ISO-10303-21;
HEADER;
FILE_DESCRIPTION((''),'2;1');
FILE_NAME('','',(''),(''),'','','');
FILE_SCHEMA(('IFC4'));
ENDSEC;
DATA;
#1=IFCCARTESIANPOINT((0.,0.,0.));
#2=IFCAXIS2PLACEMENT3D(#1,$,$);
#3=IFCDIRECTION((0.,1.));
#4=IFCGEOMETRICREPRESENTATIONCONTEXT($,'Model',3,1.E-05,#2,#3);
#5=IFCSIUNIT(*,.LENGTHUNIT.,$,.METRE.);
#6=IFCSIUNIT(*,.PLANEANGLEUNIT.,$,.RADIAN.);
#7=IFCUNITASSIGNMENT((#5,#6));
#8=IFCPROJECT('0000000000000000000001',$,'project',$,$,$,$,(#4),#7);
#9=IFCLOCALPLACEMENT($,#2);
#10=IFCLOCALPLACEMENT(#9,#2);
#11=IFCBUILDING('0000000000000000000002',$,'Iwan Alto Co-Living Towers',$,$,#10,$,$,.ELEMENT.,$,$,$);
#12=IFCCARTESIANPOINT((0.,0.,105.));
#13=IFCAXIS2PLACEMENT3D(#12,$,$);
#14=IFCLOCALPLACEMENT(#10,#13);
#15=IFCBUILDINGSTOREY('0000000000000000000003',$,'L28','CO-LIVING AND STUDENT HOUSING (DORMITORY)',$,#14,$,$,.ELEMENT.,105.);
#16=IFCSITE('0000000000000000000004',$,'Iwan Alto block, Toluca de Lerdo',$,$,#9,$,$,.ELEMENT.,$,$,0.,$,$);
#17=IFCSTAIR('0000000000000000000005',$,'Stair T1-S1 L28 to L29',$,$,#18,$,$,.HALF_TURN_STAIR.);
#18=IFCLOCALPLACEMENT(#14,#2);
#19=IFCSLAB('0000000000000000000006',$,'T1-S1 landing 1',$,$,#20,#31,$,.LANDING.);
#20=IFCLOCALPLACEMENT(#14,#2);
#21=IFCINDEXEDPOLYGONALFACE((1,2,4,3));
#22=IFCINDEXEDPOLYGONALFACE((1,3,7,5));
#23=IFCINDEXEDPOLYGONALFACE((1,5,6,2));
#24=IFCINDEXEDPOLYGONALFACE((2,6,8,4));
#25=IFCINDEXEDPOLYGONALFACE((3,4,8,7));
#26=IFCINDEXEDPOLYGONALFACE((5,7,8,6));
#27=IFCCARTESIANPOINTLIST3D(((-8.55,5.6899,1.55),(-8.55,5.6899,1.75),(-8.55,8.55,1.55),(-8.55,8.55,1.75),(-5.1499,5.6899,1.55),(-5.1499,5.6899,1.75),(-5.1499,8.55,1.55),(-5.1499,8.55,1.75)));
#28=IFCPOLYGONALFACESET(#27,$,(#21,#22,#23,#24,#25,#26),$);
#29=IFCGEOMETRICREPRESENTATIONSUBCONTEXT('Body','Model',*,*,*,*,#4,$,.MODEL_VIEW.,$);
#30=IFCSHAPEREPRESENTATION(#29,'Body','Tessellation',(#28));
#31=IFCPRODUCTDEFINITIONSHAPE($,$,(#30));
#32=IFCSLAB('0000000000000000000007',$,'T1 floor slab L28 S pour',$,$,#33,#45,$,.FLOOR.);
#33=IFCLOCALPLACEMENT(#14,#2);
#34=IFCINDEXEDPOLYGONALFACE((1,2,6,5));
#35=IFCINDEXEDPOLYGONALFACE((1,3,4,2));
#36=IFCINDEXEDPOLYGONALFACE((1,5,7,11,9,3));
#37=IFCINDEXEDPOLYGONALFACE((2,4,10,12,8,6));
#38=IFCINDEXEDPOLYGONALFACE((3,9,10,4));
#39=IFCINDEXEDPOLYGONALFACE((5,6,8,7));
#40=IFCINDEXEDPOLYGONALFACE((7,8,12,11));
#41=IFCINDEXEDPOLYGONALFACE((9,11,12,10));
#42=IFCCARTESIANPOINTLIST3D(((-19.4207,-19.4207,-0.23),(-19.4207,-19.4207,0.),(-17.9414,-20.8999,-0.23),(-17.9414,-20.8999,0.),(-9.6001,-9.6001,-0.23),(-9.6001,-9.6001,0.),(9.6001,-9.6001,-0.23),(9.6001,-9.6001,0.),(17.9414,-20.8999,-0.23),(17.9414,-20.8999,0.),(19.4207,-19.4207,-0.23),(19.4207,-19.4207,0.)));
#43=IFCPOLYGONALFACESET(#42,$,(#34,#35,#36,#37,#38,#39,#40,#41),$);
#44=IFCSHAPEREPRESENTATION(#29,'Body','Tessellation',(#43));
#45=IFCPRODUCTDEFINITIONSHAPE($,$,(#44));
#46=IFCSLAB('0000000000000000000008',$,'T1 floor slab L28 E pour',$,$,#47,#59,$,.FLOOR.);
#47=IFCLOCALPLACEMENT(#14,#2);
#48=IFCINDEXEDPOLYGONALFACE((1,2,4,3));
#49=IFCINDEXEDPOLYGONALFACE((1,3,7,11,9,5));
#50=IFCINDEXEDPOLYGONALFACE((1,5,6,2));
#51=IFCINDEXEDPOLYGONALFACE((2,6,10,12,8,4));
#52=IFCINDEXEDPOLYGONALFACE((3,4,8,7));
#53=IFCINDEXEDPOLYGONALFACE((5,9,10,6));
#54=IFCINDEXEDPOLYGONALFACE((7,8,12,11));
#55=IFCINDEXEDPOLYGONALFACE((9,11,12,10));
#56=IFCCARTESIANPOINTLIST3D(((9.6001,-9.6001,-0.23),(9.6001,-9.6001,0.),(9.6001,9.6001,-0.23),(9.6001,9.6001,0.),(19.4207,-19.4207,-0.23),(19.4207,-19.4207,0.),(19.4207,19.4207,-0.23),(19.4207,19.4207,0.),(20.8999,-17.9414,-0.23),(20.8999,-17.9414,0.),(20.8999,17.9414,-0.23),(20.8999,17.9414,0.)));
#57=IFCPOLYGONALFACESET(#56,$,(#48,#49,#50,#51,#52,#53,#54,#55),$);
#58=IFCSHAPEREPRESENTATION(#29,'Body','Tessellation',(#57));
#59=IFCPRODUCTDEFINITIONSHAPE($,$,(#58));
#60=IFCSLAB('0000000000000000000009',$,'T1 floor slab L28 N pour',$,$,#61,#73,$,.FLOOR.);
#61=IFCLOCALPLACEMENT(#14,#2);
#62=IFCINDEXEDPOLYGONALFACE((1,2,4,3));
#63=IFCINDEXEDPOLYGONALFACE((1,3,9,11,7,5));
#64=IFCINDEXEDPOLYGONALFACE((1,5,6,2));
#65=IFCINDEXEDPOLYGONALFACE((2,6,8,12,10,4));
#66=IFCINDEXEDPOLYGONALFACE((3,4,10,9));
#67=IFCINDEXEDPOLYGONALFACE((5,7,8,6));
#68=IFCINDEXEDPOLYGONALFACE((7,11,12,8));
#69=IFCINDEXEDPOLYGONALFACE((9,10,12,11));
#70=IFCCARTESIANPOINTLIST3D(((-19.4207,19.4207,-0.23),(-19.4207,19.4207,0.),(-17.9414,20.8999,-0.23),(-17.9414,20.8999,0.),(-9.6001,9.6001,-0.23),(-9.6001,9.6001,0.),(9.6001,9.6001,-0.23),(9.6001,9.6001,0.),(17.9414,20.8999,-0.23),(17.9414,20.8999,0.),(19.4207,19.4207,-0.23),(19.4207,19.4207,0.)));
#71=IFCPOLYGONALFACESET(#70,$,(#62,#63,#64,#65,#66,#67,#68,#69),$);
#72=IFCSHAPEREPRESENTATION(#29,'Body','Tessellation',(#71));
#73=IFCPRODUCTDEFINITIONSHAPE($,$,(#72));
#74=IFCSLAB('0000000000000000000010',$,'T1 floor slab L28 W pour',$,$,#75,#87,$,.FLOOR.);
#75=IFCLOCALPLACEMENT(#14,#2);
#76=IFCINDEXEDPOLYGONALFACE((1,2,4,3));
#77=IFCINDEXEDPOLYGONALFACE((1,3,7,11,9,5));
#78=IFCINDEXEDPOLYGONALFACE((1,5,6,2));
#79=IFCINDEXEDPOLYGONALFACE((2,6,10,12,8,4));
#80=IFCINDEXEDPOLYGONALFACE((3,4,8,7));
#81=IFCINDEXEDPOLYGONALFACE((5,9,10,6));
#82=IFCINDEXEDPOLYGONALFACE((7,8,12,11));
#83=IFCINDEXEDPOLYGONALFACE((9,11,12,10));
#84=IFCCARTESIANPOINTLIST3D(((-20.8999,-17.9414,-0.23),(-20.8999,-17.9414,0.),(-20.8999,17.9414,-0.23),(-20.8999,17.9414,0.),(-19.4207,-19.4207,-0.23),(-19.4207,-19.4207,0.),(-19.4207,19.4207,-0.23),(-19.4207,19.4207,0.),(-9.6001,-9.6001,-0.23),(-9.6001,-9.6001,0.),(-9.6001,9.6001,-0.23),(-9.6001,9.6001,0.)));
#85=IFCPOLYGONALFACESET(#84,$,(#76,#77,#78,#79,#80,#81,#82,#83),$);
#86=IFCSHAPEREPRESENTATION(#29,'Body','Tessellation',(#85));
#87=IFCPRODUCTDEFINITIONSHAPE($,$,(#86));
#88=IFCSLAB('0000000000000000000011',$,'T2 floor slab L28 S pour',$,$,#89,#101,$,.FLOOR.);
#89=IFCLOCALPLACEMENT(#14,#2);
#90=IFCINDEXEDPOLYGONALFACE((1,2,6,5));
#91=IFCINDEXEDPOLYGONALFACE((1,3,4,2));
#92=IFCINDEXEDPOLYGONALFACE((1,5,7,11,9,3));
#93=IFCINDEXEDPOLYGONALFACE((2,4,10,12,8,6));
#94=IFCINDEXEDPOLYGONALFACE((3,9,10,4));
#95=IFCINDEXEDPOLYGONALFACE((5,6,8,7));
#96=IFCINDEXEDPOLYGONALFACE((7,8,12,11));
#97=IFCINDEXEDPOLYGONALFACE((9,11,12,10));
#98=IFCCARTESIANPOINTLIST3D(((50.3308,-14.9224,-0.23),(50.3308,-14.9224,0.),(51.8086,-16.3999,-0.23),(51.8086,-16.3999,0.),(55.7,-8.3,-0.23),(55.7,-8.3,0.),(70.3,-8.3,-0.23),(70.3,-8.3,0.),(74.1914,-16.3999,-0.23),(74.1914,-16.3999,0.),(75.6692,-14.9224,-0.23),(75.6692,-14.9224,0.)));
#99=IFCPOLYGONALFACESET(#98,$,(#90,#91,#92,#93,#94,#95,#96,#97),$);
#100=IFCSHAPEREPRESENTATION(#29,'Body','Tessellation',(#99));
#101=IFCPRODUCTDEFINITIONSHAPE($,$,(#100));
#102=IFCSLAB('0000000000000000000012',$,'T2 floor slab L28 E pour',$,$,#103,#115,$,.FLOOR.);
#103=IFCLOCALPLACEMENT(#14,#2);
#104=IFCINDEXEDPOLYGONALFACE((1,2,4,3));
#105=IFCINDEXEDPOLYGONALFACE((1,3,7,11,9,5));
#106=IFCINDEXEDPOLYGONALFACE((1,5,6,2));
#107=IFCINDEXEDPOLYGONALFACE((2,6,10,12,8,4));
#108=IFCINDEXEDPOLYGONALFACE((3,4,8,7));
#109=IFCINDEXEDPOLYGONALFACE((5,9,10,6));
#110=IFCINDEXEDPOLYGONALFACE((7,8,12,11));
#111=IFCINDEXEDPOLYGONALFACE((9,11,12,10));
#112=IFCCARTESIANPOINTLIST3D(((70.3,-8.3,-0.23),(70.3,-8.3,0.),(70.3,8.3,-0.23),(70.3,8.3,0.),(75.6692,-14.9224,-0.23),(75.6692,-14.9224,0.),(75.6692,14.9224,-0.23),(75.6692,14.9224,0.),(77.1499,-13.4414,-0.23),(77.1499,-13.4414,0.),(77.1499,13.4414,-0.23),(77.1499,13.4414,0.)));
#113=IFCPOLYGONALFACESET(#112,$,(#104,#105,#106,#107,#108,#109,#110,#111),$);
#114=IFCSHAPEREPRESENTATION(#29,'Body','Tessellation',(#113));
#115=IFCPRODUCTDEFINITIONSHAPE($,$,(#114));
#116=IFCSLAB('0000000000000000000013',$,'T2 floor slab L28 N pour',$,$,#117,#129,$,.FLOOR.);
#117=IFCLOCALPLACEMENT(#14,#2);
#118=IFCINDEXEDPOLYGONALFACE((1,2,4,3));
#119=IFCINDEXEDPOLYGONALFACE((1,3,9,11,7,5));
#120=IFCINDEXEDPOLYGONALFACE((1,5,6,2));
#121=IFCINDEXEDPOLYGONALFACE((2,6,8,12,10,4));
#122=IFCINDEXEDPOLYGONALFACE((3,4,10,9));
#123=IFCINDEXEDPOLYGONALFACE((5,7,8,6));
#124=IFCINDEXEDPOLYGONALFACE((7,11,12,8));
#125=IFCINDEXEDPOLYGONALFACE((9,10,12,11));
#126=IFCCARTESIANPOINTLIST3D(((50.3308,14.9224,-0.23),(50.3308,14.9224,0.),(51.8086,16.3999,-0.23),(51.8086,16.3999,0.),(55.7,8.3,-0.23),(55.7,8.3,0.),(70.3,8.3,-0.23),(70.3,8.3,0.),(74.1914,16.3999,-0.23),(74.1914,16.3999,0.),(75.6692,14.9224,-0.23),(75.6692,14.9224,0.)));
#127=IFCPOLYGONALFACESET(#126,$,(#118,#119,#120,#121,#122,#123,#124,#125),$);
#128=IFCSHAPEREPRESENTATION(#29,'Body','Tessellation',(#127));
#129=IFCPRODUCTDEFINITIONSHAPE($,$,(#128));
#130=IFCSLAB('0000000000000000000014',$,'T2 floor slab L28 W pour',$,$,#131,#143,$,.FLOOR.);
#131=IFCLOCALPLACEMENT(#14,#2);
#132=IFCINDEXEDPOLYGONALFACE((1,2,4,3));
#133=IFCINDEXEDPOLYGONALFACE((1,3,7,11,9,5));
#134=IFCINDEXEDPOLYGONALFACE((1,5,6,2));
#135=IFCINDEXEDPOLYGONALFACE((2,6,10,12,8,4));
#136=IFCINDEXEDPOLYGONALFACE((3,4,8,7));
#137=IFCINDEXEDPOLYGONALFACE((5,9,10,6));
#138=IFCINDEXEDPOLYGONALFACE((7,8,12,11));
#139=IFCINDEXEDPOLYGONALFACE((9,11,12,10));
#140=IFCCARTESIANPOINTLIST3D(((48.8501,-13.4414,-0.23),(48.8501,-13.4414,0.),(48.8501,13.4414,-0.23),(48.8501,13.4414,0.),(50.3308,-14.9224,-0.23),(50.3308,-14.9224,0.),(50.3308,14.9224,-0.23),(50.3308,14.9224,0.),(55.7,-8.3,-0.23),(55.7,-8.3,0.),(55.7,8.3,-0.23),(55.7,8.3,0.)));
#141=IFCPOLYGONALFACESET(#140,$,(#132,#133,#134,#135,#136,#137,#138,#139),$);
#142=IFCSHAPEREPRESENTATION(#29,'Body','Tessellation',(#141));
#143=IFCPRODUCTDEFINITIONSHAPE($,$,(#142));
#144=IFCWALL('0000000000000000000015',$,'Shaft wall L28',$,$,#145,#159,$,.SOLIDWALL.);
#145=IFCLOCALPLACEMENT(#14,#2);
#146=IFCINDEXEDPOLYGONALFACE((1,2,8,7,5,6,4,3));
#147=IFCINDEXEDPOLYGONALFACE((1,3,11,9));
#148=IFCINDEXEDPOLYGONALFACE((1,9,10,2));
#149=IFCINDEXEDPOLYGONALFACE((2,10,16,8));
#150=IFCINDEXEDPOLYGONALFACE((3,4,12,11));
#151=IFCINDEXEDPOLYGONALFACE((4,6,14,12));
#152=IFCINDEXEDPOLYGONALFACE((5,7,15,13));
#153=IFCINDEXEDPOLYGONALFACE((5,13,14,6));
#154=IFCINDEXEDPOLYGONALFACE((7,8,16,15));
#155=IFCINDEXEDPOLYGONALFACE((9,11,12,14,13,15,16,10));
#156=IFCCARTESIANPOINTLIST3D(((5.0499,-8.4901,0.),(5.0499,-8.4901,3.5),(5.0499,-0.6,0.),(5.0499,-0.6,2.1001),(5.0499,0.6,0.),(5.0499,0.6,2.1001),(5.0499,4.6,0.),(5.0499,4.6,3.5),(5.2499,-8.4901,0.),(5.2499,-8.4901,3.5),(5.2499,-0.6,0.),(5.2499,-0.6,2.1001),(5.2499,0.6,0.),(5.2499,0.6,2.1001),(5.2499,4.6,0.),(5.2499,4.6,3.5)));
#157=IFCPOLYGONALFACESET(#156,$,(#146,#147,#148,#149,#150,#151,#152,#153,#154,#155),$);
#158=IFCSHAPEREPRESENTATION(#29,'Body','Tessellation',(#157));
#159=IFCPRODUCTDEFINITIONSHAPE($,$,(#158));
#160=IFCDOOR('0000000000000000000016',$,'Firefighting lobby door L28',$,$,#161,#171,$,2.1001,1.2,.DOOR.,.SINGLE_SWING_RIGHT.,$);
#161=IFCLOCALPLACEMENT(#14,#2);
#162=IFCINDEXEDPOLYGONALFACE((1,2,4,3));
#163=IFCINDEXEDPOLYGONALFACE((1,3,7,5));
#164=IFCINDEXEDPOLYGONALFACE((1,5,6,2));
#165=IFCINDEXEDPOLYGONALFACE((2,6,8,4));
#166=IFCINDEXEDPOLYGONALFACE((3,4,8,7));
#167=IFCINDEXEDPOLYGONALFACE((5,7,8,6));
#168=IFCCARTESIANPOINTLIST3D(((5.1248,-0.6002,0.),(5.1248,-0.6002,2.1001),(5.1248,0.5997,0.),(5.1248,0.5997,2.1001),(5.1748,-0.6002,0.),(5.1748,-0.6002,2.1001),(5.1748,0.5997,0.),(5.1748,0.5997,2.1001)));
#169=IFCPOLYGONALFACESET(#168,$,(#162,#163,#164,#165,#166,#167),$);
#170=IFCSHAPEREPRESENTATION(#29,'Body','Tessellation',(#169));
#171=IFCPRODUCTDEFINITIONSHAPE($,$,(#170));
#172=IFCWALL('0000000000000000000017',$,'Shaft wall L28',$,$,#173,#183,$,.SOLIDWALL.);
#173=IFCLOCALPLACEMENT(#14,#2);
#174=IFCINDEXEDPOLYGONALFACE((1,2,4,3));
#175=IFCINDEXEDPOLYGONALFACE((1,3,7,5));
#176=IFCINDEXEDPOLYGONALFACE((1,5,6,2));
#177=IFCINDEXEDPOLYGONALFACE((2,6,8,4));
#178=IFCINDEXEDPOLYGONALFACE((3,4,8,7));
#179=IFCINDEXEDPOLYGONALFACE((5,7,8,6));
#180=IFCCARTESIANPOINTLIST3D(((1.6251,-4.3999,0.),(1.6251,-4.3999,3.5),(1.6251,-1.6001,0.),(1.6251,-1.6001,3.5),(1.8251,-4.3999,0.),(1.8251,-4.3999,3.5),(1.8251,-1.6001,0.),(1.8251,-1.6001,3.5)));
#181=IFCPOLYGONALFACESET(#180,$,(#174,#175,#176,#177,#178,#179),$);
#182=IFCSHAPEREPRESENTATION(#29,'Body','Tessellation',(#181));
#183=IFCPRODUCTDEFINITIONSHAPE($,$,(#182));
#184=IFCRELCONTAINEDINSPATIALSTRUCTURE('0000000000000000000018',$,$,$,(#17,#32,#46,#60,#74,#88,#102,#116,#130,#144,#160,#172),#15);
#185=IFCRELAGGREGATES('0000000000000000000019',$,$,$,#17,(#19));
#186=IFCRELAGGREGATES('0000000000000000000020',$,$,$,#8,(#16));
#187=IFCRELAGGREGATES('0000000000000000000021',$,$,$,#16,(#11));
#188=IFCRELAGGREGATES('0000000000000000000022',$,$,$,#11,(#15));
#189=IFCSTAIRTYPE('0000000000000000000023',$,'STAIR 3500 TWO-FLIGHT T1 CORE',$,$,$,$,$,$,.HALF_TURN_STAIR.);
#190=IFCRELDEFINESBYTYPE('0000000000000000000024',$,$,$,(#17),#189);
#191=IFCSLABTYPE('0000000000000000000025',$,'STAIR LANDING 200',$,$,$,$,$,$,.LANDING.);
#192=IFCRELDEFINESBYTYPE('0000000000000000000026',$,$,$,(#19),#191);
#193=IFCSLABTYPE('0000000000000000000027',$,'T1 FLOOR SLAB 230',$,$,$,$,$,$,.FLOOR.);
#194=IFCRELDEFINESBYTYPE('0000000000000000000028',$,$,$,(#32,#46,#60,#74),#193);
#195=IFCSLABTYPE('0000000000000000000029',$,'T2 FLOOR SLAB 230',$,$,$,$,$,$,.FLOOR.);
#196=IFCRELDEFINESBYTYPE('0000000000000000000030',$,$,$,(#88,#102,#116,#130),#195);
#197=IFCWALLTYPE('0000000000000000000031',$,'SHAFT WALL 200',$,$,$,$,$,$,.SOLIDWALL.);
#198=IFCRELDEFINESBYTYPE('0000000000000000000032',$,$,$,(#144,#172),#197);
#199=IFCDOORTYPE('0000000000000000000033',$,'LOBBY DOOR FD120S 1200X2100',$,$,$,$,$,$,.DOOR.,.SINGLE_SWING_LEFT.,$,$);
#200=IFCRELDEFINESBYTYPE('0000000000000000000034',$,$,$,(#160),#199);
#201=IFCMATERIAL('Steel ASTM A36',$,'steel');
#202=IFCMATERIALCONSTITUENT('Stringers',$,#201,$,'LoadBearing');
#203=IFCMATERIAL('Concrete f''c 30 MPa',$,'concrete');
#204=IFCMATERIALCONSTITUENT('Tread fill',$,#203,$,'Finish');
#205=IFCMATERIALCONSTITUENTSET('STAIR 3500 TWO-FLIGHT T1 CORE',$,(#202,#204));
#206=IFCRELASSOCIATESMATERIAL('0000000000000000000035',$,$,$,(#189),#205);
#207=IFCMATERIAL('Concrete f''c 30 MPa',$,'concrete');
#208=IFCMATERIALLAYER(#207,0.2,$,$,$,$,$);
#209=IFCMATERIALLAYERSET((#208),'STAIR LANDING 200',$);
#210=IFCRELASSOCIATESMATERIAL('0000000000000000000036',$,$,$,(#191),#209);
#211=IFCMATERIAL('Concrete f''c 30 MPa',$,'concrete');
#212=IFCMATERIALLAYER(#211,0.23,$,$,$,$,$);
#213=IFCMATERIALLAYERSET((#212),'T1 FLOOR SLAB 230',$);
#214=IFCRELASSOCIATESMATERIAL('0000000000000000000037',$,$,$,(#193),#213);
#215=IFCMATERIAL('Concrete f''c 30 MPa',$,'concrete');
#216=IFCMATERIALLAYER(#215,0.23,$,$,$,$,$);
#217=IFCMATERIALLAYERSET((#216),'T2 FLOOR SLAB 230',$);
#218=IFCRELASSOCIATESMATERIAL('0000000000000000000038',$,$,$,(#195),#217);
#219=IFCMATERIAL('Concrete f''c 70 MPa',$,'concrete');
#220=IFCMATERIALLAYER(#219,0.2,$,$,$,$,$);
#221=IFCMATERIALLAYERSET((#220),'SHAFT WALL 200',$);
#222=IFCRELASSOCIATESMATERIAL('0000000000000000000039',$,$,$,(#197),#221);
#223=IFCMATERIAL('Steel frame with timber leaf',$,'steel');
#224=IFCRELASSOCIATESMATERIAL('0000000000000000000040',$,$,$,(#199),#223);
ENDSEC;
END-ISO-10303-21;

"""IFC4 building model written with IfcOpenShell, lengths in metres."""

from ifc_helpers import new_model, si_unit, direction, frame, frame_2d, origin, place, context, subcontext, project, spatial, polyline, rectangle, outline, extrude, material, layer, layer_set, constituent, constituent_set, type_object, element, fill, aggregate, save


model = new_model("IFC4")

# Units and contexts
model_context = context("Model", 3, precision=1e-05, world=origin(), true_north=direction((0.0, 1.0)))
body_context = subcontext(model_context, "Body", "Model", "MODEL_VIEW")
ifc_project = project(units=[si_unit("LENGTHUNIT", "METRE"), si_unit("PLANEANGLEUNIT", "RADIAN")], contexts=[model_context])

# Site, building, storey
site_placement = place(None, origin())
site = spatial("IfcSite", under=ifc_project, at=site_placement, Name="Iwan Alto block, Toluca de Lerdo", CompositionType="ELEMENT", RefElevation=0.0)
building_placement = place(site_placement, origin())
building = spatial("IfcBuilding", under=site, at=building_placement, Name="Iwan Alto Co-Living Towers", CompositionType="ELEMENT")
storey_placement = place(building_placement, frame((0.0, 0.0, 105.0)))
storey = spatial("IfcBuildingStorey", under=building, at=storey_placement, Name="L28", Description="CO-LIVING AND STUDENT HOUSING (DORMITORY)", CompositionType="ELEMENT", Elevation=105.0)

# Stair, slab
ifc_material_1 = material(Name="Steel ASTM A36", Category="steel")
ifc_constituent_1 = constituent(ifc_material_1, Name="Stringers", Category="LoadBearing")
ifc_material_2 = material(Name="Concrete f'c 30 MPa", Category="concrete")
ifc_constituent_2 = constituent(ifc_material_2, Name="Tread fill", Category="Finish")
ifc_constituent_set_1 = constituent_set(constituents=[ifc_constituent_1, ifc_constituent_2], Name="STAIR 3500 TWO-FLIGHT T1 CORE")
stair_type = type_object("IfcStairType", Name="STAIR 3500 TWO-FLIGHT T1 CORE", PredefinedType="HALF_TURN_STAIR", material=ifc_constituent_set_1)
stair_1_placement = place(storey_placement, origin())
stair_1 = element("IfcStair", 1, at=stair_1_placement, inside=storey, type_object=stair_type, Name="Stair T1-S1 L28 to L29", PredefinedType="HALF_TURN_STAIR")
ifc_material_3 = material(Name="Concrete f'c 30 MPa", Category="concrete")
ifc_layer_1 = layer(ifc_material_3, 0.2)
ifc_layer_set_1 = layer_set([ifc_layer_1], Name="STAIR LANDING 200")
slab_type_1 = type_object("IfcSlabType", Name="STAIR LANDING 200", PredefinedType="LANDING", material=ifc_layer_set_1)
slab_1_placement = place(storey_placement, frame((0.0, 0.0, 1.55)))
slab_1 = element("IfcSlab", 2, at=slab_1_placement, type_object=slab_type_1, Name="T1-S1 landing 1", PredefinedType="LANDING", context=body_context, shape_type="SweptSolid", body=[
    extrude(outline(polyline([(-8.55, 5.6899), (-8.55, 8.55), (-5.1499, 8.55), (-5.1499, 5.6899), (-8.55, 5.6899)])), origin(), (0.0, 0.0, 1.0), 0.2),
])
aggregate(stair_1, [slab_1])

# Slabs
ifc_material_4 = material(Name="Concrete f'c 30 MPa", Category="concrete")
ifc_layer_2 = layer(ifc_material_4, 0.23)
ifc_layer_set_2 = layer_set([ifc_layer_2], Name="T1 FLOOR SLAB 230")
slab_type_2 = type_object("IfcSlabType", Name="T1 FLOOR SLAB 230", PredefinedType="FLOOR", material=ifc_layer_set_2)
slab_2_placement = place(storey_placement, frame((0.0, 0.0, -0.23)))
element("IfcSlab", 3, at=slab_2_placement, inside=storey, type_object=slab_type_2, Name="T1 floor slab L28 S pour", PredefinedType="FLOOR", context=body_context, shape_type="SweptSolid", body=[
    extrude(outline(polyline([(17.9414, -20.8999), (-17.9414, -20.8999), (-19.4207, -19.4207), (-9.6001, -9.6001), (9.6001, -9.6001), (19.4207, -19.4207), (17.9414, -20.8999)])), origin(), (0.0, 0.0, 1.0), 0.23),
])
slab_3_placement = place(storey_placement, frame((0.0, 0.0, -0.23)))
element("IfcSlab", 4, at=slab_3_placement, inside=storey, type_object=slab_type_2, Name="T1 floor slab L28 E pour", PredefinedType="FLOOR", context=body_context, shape_type="SweptSolid", body=[
    extrude(outline(polyline([(20.8999, 17.9414), (20.8999, -17.9414), (19.4207, -19.4207), (9.6001, -9.6001), (9.6001, 9.6001), (19.4207, 19.4207), (20.8999, 17.9414)])), origin(), (0.0, 0.0, 1.0), 0.23),
])
slab_4_placement = place(storey_placement, frame((0.0, 0.0, -0.23)))
element("IfcSlab", 5, at=slab_4_placement, inside=storey, type_object=slab_type_2, Name="T1 floor slab L28 N pour", PredefinedType="FLOOR", context=body_context, shape_type="SweptSolid", body=[
    extrude(outline(polyline([(-17.9414, 20.8999), (17.9414, 20.8999), (19.4207, 19.4207), (9.6001, 9.6001), (-9.6001, 9.6001), (-19.4207, 19.4207), (-17.9414, 20.8999)])), origin(), (0.0, 0.0, 1.0), 0.23),
])
slab_5_placement = place(storey_placement, frame((0.0, 0.0, -0.23)))
element("IfcSlab", 6, at=slab_5_placement, inside=storey, type_object=slab_type_2, Name="T1 floor slab L28 W pour", PredefinedType="FLOOR", context=body_context, shape_type="SweptSolid", body=[
    extrude(outline(polyline([(-20.8999, 17.9414), (-19.4207, 19.4207), (-9.6001, 9.6001), (-9.6001, -9.6001), (-19.4207, -19.4207), (-20.8999, -17.9414), (-20.8999, 17.9414)])), origin(), (0.0, 0.0, 1.0), 0.23),
])
ifc_material_5 = material(Name="Concrete f'c 30 MPa", Category="concrete")
ifc_layer_3 = layer(ifc_material_5, 0.23)
ifc_layer_set_3 = layer_set([ifc_layer_3], Name="T2 FLOOR SLAB 230")
slab_type_3 = type_object("IfcSlabType", Name="T2 FLOOR SLAB 230", PredefinedType="FLOOR", material=ifc_layer_set_3)
slab_6_placement = place(storey_placement, frame((0.0, 0.0, -0.23)))
element("IfcSlab", 7, at=slab_6_placement, inside=storey, type_object=slab_type_3, Name="T2 floor slab L28 S pour", PredefinedType="FLOOR", context=body_context, shape_type="SweptSolid", body=[
    extrude(outline(polyline([(74.1914, -16.3999), (51.8086, -16.3999), (50.3308, -14.9224), (55.7, -8.3), (70.3, -8.3), (75.6692, -14.9224), (74.1914, -16.3999)])), origin(), (0.0, 0.0, 1.0), 0.23),
])
slab_7_placement = place(storey_placement, frame((0.0, 0.0, -0.23)))
element("IfcSlab", 8, at=slab_7_placement, inside=storey, type_object=slab_type_3, Name="T2 floor slab L28 E pour", PredefinedType="FLOOR", context=body_context, shape_type="SweptSolid", body=[
    extrude(outline(polyline([(77.1499, 13.4414), (77.1499, -13.4414), (75.6692, -14.9224), (70.3, -8.3), (70.3, 8.3), (75.6692, 14.9224), (77.1499, 13.4414)])), origin(), (0.0, 0.0, 1.0), 0.23),
])
slab_8_placement = place(storey_placement, frame((0.0, 0.0, -0.23)))
element("IfcSlab", 9, at=slab_8_placement, inside=storey, type_object=slab_type_3, Name="T2 floor slab L28 N pour", PredefinedType="FLOOR", context=body_context, shape_type="SweptSolid", body=[
    extrude(outline(polyline([(51.8086, 16.3999), (74.1914, 16.3999), (75.6692, 14.9224), (70.3, 8.3), (55.7, 8.3), (50.3308, 14.9224), (51.8086, 16.3999)])), origin(), (0.0, 0.0, 1.0), 0.23),
])
slab_9_placement = place(storey_placement, frame((0.0, 0.0, -0.23)))
element("IfcSlab", 10, at=slab_9_placement, inside=storey, type_object=slab_type_3, Name="T2 floor slab L28 W pour", PredefinedType="FLOOR", context=body_context, shape_type="SweptSolid", body=[
    extrude(outline(polyline([(48.8501, 13.4414), (50.3308, 14.9224), (55.7, 8.3), (55.7, -8.3), (50.3308, -14.9224), (48.8501, -13.4414), (48.8501, 13.4414)])), origin(), (0.0, 0.0, 1.0), 0.23),
])

# Wall, opening, door
ifc_material_6 = material(Name="Concrete f'c 70 MPa", Category="concrete")
ifc_layer_4 = layer(ifc_material_6, 0.2)
ifc_layer_set_4 = layer_set([ifc_layer_4], Name="SHAFT WALL 200")
wall_type_1 = type_object("IfcWallType", Name="SHAFT WALL 200", PredefinedType="SOLIDWALL", material=ifc_layer_set_4)
wall_1_placement = place(storey_placement, frame((5.1499, -8.49, 0.0), z_axis=(0.0, 0.0, 1.0), x_axis=(0.0, 1.0, 0.0)))
wall_1 = element("IfcWall", 11, at=wall_1_placement, inside=storey, type_object=wall_type_1, Name="Shaft wall L28", PredefinedType="SOLIDWALL", context=body_context, shape_type="SweptSolid", body=[
    extrude(rectangle(XDim=13.0901, YDim=0.2, at=frame_2d((6.5449, 0.0))), origin(), (0.0, 0.0, 1.0), 3.5),
])
opening_placement = place(wall_1_placement, frame((7.8899, 0.0, 0.0)))
opening = element("IfcOpeningElement", 12, at=opening_placement, cuts=wall_1, PredefinedType="OPENING", context=body_context, shape_type="SweptSolid", body=[
    extrude(rectangle(XDim=1.2, YDim=2.1001, at=frame_2d((0.6001, 1.05))), frame((0.0, 0.1099, 0.0), z_axis=(0.0, -1.0, 0.0), x_axis=(1.0, 0.0, 0.0)), (0.0, 0.0, 1.0), 0.22),
])
ifc_material_7 = material(Name="Steel frame with timber leaf", Category="steel")
door_type = type_object("IfcDoorType", Name="LOBBY DOOR FD120S 1200X2100", OperationType="SINGLE_SWING_LEFT", PredefinedType="DOOR", material=ifc_material_7)
door_placement = place(opening_placement, frame((1.2, 0.0, 0.0), z_axis=(0.0, 0.0, 1.0), x_axis=(-1.0, 0.0, 0.0)))
door = element("IfcDoor", 13, at=door_placement, inside=storey, type_object=door_type, Name="Firefighting lobby door L28", OperationType="SINGLE_SWING_RIGHT", OverallHeight=2.1001, OverallWidth=1.2, PredefinedType="DOOR", context=body_context, shape_type="SweptSolid", body=[
    extrude(rectangle(XDim=1.2, YDim=2.1001, at=frame_2d((0.6001, 1.05))), frame((0.0, 0.0249, 0.0), z_axis=(0.0, -1.0, 0.0), x_axis=(1.0, 0.0, 0.0)), (0.0, 0.0, 1.0), 0.05),
])
fill(opening, door)

# Wall
wall_2_placement = place(storey_placement, frame((1.7251, -4.3999, 0.0), z_axis=(0.0, 0.0, 1.0), x_axis=(0.0, 1.0, 0.0)))
element("IfcWall", 14, at=wall_2_placement, inside=storey, type_object=wall_type_1, Name="Shaft wall L28", PredefinedType="SOLIDWALL", context=body_context, shape_type="SweptSolid", body=[
    extrude(rectangle(XDim=2.7998, YDim=0.2, at=frame_2d((1.3999, 0.0))), origin(), (0.0, 0.0, 1.0), 3.5),
])

save(model, "model.ifc")
